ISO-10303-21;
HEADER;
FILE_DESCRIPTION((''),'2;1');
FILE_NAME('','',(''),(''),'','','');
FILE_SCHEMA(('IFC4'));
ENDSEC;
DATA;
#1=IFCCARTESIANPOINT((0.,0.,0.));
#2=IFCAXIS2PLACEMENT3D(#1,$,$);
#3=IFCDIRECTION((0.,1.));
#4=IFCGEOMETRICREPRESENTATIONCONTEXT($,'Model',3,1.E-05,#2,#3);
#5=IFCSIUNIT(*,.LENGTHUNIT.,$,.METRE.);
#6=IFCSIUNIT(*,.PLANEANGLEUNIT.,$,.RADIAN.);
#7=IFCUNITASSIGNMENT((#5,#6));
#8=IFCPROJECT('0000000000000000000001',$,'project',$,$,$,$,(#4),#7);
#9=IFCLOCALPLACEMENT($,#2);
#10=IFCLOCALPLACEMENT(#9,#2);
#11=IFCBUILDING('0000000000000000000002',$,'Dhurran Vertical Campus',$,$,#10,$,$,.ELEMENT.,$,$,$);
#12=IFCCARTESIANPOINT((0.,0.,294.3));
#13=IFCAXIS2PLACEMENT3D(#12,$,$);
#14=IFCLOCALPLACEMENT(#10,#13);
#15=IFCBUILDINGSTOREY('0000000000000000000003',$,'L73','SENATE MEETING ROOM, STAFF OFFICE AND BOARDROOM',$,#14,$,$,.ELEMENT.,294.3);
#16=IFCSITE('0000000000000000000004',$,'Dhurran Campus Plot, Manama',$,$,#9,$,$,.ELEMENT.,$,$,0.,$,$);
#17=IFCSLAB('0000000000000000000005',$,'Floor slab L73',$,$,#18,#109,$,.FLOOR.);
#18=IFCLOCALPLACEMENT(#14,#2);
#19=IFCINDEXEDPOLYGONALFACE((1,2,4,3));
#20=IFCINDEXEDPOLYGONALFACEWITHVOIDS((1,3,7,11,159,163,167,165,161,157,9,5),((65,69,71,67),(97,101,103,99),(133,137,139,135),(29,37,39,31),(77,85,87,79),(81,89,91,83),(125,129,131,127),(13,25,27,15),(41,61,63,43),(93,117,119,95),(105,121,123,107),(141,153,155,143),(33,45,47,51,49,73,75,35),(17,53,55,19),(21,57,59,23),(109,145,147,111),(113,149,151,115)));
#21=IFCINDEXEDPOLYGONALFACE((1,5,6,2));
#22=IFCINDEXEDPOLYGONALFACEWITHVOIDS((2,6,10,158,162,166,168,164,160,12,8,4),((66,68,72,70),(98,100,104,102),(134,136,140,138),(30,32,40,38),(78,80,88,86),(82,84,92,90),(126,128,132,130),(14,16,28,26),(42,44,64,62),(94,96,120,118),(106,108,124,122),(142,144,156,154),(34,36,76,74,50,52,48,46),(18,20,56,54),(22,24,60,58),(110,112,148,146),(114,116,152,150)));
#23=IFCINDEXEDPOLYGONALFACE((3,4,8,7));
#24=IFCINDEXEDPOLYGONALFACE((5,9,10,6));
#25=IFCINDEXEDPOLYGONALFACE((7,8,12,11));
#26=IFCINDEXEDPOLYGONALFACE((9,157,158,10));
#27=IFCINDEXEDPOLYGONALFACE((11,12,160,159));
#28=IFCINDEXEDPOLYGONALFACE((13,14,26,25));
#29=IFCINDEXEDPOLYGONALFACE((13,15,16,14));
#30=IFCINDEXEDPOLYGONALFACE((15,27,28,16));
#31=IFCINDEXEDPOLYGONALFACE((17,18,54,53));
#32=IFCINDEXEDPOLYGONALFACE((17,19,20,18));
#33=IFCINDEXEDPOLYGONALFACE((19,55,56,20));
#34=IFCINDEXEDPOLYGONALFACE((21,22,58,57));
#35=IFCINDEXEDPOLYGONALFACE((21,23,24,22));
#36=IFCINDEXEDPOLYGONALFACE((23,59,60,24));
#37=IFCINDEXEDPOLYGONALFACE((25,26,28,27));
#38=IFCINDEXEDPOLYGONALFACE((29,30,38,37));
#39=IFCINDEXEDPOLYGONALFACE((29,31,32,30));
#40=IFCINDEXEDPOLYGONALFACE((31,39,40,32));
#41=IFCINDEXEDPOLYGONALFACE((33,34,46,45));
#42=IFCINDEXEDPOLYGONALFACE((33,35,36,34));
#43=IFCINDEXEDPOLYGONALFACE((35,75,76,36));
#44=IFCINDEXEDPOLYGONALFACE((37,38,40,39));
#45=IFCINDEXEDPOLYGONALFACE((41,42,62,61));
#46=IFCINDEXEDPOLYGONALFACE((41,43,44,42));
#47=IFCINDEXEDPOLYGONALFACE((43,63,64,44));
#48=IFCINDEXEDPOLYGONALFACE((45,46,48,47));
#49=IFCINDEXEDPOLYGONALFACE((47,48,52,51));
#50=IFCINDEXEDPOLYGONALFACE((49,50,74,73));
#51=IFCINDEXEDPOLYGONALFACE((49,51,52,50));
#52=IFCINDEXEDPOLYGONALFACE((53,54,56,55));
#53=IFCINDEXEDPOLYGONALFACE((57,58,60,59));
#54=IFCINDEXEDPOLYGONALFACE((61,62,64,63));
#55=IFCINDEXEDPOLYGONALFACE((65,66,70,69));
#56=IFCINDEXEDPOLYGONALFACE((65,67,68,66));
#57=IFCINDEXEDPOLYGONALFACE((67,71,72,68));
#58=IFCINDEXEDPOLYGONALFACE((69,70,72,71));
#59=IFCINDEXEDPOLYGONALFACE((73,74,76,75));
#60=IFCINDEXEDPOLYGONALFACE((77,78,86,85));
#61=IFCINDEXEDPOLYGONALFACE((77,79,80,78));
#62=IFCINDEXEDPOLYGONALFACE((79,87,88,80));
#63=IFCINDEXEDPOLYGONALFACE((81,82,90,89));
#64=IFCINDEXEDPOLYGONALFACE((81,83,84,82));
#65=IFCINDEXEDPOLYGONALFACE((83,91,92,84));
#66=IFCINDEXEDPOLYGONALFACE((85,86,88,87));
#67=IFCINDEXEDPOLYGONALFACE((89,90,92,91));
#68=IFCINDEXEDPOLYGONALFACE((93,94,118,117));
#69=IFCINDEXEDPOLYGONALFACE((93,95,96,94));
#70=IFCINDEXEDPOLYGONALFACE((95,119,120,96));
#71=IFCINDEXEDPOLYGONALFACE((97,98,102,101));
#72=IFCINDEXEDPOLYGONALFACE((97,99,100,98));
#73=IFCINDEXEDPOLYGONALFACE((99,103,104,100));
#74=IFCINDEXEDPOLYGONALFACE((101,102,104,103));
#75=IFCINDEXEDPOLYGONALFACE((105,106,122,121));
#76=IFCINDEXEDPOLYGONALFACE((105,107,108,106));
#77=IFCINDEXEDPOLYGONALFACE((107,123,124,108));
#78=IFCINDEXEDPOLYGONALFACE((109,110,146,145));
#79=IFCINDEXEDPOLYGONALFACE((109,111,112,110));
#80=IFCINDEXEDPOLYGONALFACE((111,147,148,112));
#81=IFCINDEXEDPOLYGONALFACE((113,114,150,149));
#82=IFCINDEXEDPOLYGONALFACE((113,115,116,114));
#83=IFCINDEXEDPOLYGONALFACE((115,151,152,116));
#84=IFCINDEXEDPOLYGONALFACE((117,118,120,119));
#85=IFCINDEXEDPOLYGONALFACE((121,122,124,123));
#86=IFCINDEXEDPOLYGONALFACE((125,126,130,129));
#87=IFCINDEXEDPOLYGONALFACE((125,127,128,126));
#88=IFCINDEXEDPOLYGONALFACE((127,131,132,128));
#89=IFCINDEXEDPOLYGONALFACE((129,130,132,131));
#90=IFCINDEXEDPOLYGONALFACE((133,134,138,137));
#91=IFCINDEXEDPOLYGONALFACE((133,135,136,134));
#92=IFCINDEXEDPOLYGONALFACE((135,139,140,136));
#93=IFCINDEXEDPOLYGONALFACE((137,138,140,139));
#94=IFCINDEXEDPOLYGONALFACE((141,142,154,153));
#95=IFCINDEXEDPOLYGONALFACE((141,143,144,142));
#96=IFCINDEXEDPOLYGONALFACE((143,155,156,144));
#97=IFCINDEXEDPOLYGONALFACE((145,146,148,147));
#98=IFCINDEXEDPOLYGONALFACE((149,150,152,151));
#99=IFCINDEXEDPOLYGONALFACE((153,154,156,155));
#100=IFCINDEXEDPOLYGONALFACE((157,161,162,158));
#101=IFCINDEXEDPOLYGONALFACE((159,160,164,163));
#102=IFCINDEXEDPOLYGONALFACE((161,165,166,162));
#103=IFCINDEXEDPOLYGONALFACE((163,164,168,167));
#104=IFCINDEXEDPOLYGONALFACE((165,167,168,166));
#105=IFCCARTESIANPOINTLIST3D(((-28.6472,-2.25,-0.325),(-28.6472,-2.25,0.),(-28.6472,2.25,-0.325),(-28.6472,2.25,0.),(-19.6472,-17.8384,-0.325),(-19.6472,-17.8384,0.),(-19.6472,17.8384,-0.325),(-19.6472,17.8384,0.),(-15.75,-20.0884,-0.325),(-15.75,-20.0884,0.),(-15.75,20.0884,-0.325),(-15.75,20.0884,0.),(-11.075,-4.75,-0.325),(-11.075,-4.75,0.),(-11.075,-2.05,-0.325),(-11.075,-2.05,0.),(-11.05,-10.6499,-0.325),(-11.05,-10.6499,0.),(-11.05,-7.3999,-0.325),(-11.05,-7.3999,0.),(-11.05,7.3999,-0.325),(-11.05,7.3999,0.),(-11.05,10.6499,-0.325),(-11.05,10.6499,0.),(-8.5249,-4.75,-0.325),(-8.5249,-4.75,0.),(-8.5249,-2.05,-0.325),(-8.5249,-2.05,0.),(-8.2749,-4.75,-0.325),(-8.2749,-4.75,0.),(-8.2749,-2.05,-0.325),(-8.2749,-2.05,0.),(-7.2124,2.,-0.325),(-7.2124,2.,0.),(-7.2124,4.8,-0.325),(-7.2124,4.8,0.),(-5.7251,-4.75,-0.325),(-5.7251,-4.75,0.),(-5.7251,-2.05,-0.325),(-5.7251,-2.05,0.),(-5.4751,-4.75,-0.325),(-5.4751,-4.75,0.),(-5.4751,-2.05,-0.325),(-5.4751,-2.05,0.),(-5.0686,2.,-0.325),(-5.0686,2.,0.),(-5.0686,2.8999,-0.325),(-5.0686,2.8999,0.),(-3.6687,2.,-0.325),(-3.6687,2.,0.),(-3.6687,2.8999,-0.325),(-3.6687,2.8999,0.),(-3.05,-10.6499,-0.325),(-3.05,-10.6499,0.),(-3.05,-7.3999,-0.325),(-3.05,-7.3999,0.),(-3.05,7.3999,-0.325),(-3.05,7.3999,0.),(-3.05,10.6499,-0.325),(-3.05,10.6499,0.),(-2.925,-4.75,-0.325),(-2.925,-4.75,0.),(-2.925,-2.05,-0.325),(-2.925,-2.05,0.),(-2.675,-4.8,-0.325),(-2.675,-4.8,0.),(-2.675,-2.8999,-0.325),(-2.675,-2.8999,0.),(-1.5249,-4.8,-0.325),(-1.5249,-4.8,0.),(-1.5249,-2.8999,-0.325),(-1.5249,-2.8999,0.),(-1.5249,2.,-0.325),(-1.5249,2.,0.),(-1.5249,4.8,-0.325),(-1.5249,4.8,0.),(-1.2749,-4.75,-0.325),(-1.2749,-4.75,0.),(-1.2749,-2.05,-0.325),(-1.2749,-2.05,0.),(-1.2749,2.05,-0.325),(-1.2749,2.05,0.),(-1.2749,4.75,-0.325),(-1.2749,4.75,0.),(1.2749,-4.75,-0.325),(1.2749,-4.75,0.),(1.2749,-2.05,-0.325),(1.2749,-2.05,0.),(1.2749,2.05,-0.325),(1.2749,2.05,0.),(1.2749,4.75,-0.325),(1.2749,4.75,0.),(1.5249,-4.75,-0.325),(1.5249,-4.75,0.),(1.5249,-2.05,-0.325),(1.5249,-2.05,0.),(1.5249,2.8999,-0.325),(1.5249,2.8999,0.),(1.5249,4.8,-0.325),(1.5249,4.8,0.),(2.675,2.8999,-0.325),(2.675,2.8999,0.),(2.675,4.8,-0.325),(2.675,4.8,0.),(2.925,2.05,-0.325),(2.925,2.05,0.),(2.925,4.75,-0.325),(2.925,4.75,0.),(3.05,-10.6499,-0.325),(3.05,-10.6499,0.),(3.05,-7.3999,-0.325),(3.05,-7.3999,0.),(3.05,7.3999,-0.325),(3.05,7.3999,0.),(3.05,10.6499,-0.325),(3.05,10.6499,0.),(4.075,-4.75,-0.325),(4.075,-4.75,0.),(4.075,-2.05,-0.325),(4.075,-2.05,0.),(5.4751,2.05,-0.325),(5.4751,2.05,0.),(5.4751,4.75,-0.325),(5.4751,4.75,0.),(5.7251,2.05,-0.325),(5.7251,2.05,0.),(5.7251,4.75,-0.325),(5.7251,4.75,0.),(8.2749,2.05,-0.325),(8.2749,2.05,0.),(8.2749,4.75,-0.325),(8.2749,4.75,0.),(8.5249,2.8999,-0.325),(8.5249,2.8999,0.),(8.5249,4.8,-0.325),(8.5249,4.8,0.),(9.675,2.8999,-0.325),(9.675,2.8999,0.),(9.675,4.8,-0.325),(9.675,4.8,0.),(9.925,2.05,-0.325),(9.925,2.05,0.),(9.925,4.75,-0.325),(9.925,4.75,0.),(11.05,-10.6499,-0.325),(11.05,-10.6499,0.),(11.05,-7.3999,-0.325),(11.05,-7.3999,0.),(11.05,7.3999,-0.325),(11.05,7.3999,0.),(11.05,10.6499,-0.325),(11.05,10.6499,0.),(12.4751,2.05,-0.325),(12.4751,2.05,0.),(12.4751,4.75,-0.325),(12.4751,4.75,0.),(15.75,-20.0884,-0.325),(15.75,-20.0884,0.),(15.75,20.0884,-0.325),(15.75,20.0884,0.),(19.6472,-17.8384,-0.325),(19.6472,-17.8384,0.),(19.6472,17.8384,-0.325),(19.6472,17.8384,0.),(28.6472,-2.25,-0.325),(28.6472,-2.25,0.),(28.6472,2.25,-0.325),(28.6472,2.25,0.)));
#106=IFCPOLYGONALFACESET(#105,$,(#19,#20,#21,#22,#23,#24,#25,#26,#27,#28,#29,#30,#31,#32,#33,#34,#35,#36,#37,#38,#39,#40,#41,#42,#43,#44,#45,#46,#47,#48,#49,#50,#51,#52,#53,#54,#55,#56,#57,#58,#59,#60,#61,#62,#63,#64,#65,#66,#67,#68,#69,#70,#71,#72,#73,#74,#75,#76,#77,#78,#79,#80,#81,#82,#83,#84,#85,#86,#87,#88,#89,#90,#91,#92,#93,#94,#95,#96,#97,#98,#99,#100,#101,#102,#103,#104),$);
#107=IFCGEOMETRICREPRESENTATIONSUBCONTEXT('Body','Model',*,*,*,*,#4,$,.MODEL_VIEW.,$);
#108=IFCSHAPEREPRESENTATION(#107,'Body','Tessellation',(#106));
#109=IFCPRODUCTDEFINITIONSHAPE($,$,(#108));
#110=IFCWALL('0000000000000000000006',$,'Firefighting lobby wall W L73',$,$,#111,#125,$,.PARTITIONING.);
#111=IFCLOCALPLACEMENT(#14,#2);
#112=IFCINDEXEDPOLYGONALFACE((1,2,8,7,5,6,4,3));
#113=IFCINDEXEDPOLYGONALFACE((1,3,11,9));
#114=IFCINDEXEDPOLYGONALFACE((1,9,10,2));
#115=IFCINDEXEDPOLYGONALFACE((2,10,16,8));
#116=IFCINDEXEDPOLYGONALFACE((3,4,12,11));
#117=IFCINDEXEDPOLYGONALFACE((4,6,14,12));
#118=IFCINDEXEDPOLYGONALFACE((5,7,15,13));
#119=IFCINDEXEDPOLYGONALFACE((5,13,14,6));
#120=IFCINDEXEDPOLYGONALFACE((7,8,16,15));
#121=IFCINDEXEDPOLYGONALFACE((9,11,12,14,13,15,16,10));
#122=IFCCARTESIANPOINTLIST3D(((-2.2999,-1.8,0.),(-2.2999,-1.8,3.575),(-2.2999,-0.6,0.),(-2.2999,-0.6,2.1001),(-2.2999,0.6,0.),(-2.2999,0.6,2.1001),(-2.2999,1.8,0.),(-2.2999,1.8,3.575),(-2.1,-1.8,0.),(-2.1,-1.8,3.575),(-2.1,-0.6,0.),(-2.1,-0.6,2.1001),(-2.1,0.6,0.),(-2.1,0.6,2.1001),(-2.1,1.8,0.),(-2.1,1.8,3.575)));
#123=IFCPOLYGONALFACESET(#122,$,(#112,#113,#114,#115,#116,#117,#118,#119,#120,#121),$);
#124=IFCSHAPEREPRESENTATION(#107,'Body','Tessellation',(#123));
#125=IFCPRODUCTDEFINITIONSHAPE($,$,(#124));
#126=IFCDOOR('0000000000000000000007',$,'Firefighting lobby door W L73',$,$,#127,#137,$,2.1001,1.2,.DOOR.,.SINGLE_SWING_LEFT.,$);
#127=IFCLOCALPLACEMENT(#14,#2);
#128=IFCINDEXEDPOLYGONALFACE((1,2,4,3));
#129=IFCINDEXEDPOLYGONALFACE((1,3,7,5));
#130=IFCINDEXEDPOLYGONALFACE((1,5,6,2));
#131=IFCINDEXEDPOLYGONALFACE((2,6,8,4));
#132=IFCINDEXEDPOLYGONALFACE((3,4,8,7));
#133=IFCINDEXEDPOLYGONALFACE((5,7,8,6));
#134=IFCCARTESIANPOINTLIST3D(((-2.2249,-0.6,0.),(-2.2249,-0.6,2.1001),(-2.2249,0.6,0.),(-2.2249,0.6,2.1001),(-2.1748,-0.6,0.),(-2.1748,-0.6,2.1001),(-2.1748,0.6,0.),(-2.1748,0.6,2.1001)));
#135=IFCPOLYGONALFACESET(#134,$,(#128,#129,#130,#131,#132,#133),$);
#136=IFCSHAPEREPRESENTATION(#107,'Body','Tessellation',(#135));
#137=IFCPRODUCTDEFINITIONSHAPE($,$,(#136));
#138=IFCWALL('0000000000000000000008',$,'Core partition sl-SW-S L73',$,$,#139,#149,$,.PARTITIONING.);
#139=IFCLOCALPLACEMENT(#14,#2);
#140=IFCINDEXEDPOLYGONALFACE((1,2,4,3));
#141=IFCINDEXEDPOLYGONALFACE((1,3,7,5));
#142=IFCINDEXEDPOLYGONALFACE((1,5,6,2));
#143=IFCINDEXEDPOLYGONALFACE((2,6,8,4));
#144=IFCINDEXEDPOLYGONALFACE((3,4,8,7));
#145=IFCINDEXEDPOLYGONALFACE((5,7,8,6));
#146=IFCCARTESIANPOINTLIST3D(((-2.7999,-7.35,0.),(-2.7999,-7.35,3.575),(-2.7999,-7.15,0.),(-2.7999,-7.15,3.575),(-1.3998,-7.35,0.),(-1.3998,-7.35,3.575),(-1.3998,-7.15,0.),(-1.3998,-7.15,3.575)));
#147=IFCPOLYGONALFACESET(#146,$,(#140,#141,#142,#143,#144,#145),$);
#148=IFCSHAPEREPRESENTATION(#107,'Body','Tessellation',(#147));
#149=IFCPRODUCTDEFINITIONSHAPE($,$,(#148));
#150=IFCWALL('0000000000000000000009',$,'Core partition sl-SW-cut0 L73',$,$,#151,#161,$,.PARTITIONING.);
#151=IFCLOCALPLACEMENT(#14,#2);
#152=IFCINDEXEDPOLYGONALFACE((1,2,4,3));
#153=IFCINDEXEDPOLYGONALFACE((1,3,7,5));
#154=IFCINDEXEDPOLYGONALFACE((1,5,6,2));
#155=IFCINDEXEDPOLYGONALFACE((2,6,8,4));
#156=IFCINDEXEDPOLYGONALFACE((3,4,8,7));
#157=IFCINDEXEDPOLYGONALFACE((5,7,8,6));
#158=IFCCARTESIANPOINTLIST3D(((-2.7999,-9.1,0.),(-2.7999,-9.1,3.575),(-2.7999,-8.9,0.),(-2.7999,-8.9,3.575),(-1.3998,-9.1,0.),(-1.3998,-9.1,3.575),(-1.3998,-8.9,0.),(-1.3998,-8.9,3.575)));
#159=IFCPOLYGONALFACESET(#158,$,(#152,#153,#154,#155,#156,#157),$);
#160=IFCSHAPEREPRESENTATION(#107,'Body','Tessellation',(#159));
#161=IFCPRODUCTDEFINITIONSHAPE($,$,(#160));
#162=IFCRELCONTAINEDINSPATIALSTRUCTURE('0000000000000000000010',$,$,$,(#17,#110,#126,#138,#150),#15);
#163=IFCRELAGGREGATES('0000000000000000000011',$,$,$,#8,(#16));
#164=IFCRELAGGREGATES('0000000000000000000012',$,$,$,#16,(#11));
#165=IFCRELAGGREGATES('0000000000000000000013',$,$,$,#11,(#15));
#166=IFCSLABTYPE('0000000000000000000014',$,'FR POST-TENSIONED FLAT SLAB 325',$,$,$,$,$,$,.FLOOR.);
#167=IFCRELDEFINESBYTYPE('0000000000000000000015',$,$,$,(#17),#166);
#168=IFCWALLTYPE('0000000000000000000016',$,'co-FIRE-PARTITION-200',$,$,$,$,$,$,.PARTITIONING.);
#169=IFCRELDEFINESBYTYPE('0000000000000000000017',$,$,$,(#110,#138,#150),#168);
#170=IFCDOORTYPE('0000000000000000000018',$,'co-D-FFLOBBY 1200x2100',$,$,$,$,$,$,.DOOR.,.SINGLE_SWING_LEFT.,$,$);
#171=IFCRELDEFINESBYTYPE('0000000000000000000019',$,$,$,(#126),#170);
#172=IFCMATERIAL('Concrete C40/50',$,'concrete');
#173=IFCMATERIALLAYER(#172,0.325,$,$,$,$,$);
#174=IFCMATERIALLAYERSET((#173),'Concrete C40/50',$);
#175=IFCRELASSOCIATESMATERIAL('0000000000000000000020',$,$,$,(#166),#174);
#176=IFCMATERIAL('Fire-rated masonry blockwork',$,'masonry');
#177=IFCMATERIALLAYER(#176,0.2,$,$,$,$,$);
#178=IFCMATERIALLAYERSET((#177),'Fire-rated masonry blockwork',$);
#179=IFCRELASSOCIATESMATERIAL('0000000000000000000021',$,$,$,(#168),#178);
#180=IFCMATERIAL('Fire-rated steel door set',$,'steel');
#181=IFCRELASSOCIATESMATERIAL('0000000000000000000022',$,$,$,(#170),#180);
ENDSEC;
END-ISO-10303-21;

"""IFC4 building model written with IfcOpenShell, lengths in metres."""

from ifc_helpers import new_model, si_unit, direction, frame, frame_2d, origin, place, context, subcontext, project, spatial, polyline, rectangle, outline, extrude, material, layer, layer_set, type_object, element, fill, save


model = new_model("IFC4")

# Units and contexts
model_context = context("Model", 3, precision=1e-05, world=origin(), true_north=direction((0.0, 1.0)))
body_context = subcontext(model_context, "Body", "Model", "MODEL_VIEW")
ifc_project = project(units=[si_unit("LENGTHUNIT", "METRE"), si_unit("PLANEANGLEUNIT", "RADIAN")], contexts=[model_context])

# Site, building, storey
site_placement = place(None, origin())
site = spatial("IfcSite", under=ifc_project, at=site_placement, Name="Dhurran Campus Plot, Manama", CompositionType="ELEMENT", RefElevation=0.0)
building_placement = place(site_placement, origin())
building = spatial("IfcBuilding", under=site, at=building_placement, Name="Dhurran Vertical Campus", CompositionType="ELEMENT")
storey_placement = place(building_placement, frame((0.0, 0.0, 294.3)))
storey = spatial("IfcBuildingStorey", under=building, at=storey_placement, Name="L73", Description="SENATE MEETING ROOM, STAFF OFFICE AND BOARDROOM", CompositionType="ELEMENT", Elevation=294.3)

# Slab
ifc_material_1 = material(Name="Concrete C40/50", Category="concrete")
ifc_layer_1 = layer(ifc_material_1, 0.325)
ifc_layer_set_1 = layer_set([ifc_layer_1], Name="Concrete C40/50")
slab_type = type_object("IfcSlabType", Name="FR POST-TENSIONED FLAT SLAB 325", PredefinedType="FLOOR", material=ifc_layer_set_1)
slab_placement = place(storey_placement, frame((0.0, 0.0, -0.325)))
element("IfcSlab", 1, at=slab_placement, inside=storey, type_object=slab_type, Name="Floor slab L73", PredefinedType="FLOOR", context=body_context, shape_type="SweptSolid", body=[
    extrude(outline(polyline([(-15.75, -20.0884), (15.75, -20.0884), (19.6472, -17.8384), (28.6472, -2.25), (28.6472, 2.25), (19.6472, 17.8384), (15.75, 20.0884), (-15.75, 20.0884), (-19.6472, 17.8384), (-28.6472, 2.25), (-28.6472, -2.25), (-19.6472, -17.8384), (-15.75, -20.0884)]), holes=[polyline([(-1.2749, 2.05), (1.2749, 2.05), (1.2749, 4.75), (-1.2749, 4.75), (-1.2749, 2.05)]), polyline([(9.925, 2.05), (12.4751, 2.05), (12.4751, 4.75), (9.925, 4.75), (9.925, 2.05)]), polyline([(-1.2749, -4.75), (1.2749, -4.75), (1.2749, -2.05), (-1.2749, -2.05), (-1.2749, -4.75)]), polyline([(1.5249, -4.75), (4.075, -4.75), (4.075, -2.05), (1.5249, -2.05), (1.5249, -4.75)]), polyline([(2.925, 2.05), (5.4751, 2.05), (5.4751, 4.75), (2.925, 4.75), (2.925, 2.05)]), polyline([(5.7251, 2.05), (8.2749, 2.05), (8.2749, 4.75), (5.7251, 4.75), (5.7251, 2.05)]), polyline([(-11.075, -4.75), (-8.5249, -4.75), (-8.5249, -2.05), (-11.075, -2.05), (-11.075, -4.75)]), polyline([(-8.2749, -4.75), (-5.7251, -4.75), (-5.7251, -2.05), (-8.2749, -2.05), (-8.2749, -4.75)]), polyline([(-5.4751, -4.75), (-2.925, -4.75), (-2.925, -2.05), (-5.4751, -2.05), (-5.4751, -4.75)]), polyline([(-11.05, 7.3999), (-3.05, 7.3999), (-3.05, 10.6499), (-11.05, 10.6499), (-11.05, 7.3999)]), polyline([(3.05, 7.3999), (11.05, 7.3999), (11.05, 10.6499), (3.05, 10.6499), (3.05, 7.3999)]), polyline([(-11.05, -10.6499), (-3.05, -10.6499), (-3.05, -7.3999), (-11.05, -7.3999), (-11.05, -10.6499)]), polyline([(3.05, -10.6499), (11.05, -10.6499), (11.05, -7.3999), (3.05, -7.3999), (3.05, -10.6499)]), polyline([(2.675, 2.8999), (1.5249, 2.8999), (1.5249, 4.8), (2.675, 4.8), (2.675, 2.8999)]), polyline([(-2.675, -2.8999), (-1.5249, -2.8999), (-1.5249, -4.8), (-2.675, -4.8), (-2.675, -2.8999)]), polyline([(9.675, 2.8999), (8.5249, 2.8999), (8.5249, 4.8), (9.675, 4.8), (9.675, 2.8999)]), polyline([(-1.5249, 4.8), (-1.5249, 2.0), (-3.6687, 2.0), (-3.6687, 2.8999), (-5.0686, 2.8999), (-5.0686, 2.0), (-7.2124, 2.0), (-7.2124, 4.8), (-1.5249, 4.8)])]), origin(), (0.0, 0.0, 1.0), 0.325),
])

# Wall, opening, door
ifc_material_2 = material(Name="Fire-rated masonry blockwork", Category="masonry")
ifc_layer_2 = layer(ifc_material_2, 0.2)
ifc_layer_set_2 = layer_set([ifc_layer_2], Name="Fire-rated masonry blockwork")
wall_type_1 = type_object("IfcWallType", Name="co-FIRE-PARTITION-200", PredefinedType="PARTITIONING", material=ifc_layer_set_2)
wall_1_placement = place(storey_placement, frame((-2.2, -1.8, 0.0), z_axis=(0.0, 0.0, 1.0), x_axis=(0.0, 1.0, 0.0)))
wall_1 = element("IfcWall", 2, at=wall_1_placement, inside=storey, type_object=wall_type_1, Name="Firefighting lobby wall W L73", PredefinedType="PARTITIONING", context=body_context, shape_type="SweptSolid", body=[
    extrude(rectangle(XDim=3.6001, YDim=0.2, at=frame_2d((1.8, 0.0))), origin(), (0.0, 0.0, 1.0), 3.575),
])
opening_1_placement = place(wall_1_placement, frame((1.2, 0.0, 0.0)))
opening_1 = element("IfcOpeningElement", 3, at=opening_1_placement, cuts=wall_1, PredefinedType="OPENING", context=body_context, shape_type="SweptSolid", body=[
    extrude(rectangle(XDim=1.2, YDim=2.1001, at=frame_2d((0.6001, 1.05))), frame((0.0, 0.1099, 0.0), z_axis=(0.0, -1.0, 0.0), x_axis=(1.0, 0.0, 0.0)), (0.0, 0.0, 1.0), 0.22),
])
ifc_material_3 = material(Name="Fire-rated steel door set", Category="steel")
door_type_1 = type_object("IfcDoorType", Name="co-D-FFLOBBY 1200x2100", OperationType="SINGLE_SWING_LEFT", PredefinedType="DOOR", material=ifc_material_3)
door_1_placement = place(opening_1_placement, origin())
door_1 = element("IfcDoor", 4, at=door_1_placement, inside=storey, type_object=door_type_1, Name="Firefighting lobby door W L73", OperationType="SINGLE_SWING_LEFT", OverallHeight=2.1001, OverallWidth=1.2, PredefinedType="DOOR", context=body_context, shape_type="SweptSolid", body=[
    extrude(rectangle(XDim=1.2, YDim=2.1001, at=frame_2d((0.6001, 1.05))), frame((0.0, 0.0249, 0.0), z_axis=(0.0, -1.0, 0.0), x_axis=(1.0, 0.0, 0.0)), (0.0, 0.0, 1.0), 0.05),
])
fill(opening_1, door_1)

# Walls
for number, where, z_axis, x_axis, name in (
    (5, (-2.8, -7.25, 0.0), (0.0, 0.0, 1.0), (1.0, 0.0, 0.0), "Core partition sl-SW-S L73"),
    (6, (-2.8, -9.0, 0.0), (0.0, 0.0, 1.0), (1.0, 0.0, 0.0), "Core partition sl-SW-cut0 L73"),
):
    element("IfcWall", number, at=place(storey_placement, frame(where, z_axis=z_axis, x_axis=x_axis)), inside=storey, type_object=wall_type_1, Name=name, PredefinedType="PARTITIONING", context=body_context, shape_type="SweptSolid", body=[
        extrude(rectangle(XDim=1.4001, YDim=0.2, at=frame_2d((0.7002, 0.0))), origin(), (0.0, 0.0, 1.0), 3.575),
    ])

save(model, "model.ifc")
